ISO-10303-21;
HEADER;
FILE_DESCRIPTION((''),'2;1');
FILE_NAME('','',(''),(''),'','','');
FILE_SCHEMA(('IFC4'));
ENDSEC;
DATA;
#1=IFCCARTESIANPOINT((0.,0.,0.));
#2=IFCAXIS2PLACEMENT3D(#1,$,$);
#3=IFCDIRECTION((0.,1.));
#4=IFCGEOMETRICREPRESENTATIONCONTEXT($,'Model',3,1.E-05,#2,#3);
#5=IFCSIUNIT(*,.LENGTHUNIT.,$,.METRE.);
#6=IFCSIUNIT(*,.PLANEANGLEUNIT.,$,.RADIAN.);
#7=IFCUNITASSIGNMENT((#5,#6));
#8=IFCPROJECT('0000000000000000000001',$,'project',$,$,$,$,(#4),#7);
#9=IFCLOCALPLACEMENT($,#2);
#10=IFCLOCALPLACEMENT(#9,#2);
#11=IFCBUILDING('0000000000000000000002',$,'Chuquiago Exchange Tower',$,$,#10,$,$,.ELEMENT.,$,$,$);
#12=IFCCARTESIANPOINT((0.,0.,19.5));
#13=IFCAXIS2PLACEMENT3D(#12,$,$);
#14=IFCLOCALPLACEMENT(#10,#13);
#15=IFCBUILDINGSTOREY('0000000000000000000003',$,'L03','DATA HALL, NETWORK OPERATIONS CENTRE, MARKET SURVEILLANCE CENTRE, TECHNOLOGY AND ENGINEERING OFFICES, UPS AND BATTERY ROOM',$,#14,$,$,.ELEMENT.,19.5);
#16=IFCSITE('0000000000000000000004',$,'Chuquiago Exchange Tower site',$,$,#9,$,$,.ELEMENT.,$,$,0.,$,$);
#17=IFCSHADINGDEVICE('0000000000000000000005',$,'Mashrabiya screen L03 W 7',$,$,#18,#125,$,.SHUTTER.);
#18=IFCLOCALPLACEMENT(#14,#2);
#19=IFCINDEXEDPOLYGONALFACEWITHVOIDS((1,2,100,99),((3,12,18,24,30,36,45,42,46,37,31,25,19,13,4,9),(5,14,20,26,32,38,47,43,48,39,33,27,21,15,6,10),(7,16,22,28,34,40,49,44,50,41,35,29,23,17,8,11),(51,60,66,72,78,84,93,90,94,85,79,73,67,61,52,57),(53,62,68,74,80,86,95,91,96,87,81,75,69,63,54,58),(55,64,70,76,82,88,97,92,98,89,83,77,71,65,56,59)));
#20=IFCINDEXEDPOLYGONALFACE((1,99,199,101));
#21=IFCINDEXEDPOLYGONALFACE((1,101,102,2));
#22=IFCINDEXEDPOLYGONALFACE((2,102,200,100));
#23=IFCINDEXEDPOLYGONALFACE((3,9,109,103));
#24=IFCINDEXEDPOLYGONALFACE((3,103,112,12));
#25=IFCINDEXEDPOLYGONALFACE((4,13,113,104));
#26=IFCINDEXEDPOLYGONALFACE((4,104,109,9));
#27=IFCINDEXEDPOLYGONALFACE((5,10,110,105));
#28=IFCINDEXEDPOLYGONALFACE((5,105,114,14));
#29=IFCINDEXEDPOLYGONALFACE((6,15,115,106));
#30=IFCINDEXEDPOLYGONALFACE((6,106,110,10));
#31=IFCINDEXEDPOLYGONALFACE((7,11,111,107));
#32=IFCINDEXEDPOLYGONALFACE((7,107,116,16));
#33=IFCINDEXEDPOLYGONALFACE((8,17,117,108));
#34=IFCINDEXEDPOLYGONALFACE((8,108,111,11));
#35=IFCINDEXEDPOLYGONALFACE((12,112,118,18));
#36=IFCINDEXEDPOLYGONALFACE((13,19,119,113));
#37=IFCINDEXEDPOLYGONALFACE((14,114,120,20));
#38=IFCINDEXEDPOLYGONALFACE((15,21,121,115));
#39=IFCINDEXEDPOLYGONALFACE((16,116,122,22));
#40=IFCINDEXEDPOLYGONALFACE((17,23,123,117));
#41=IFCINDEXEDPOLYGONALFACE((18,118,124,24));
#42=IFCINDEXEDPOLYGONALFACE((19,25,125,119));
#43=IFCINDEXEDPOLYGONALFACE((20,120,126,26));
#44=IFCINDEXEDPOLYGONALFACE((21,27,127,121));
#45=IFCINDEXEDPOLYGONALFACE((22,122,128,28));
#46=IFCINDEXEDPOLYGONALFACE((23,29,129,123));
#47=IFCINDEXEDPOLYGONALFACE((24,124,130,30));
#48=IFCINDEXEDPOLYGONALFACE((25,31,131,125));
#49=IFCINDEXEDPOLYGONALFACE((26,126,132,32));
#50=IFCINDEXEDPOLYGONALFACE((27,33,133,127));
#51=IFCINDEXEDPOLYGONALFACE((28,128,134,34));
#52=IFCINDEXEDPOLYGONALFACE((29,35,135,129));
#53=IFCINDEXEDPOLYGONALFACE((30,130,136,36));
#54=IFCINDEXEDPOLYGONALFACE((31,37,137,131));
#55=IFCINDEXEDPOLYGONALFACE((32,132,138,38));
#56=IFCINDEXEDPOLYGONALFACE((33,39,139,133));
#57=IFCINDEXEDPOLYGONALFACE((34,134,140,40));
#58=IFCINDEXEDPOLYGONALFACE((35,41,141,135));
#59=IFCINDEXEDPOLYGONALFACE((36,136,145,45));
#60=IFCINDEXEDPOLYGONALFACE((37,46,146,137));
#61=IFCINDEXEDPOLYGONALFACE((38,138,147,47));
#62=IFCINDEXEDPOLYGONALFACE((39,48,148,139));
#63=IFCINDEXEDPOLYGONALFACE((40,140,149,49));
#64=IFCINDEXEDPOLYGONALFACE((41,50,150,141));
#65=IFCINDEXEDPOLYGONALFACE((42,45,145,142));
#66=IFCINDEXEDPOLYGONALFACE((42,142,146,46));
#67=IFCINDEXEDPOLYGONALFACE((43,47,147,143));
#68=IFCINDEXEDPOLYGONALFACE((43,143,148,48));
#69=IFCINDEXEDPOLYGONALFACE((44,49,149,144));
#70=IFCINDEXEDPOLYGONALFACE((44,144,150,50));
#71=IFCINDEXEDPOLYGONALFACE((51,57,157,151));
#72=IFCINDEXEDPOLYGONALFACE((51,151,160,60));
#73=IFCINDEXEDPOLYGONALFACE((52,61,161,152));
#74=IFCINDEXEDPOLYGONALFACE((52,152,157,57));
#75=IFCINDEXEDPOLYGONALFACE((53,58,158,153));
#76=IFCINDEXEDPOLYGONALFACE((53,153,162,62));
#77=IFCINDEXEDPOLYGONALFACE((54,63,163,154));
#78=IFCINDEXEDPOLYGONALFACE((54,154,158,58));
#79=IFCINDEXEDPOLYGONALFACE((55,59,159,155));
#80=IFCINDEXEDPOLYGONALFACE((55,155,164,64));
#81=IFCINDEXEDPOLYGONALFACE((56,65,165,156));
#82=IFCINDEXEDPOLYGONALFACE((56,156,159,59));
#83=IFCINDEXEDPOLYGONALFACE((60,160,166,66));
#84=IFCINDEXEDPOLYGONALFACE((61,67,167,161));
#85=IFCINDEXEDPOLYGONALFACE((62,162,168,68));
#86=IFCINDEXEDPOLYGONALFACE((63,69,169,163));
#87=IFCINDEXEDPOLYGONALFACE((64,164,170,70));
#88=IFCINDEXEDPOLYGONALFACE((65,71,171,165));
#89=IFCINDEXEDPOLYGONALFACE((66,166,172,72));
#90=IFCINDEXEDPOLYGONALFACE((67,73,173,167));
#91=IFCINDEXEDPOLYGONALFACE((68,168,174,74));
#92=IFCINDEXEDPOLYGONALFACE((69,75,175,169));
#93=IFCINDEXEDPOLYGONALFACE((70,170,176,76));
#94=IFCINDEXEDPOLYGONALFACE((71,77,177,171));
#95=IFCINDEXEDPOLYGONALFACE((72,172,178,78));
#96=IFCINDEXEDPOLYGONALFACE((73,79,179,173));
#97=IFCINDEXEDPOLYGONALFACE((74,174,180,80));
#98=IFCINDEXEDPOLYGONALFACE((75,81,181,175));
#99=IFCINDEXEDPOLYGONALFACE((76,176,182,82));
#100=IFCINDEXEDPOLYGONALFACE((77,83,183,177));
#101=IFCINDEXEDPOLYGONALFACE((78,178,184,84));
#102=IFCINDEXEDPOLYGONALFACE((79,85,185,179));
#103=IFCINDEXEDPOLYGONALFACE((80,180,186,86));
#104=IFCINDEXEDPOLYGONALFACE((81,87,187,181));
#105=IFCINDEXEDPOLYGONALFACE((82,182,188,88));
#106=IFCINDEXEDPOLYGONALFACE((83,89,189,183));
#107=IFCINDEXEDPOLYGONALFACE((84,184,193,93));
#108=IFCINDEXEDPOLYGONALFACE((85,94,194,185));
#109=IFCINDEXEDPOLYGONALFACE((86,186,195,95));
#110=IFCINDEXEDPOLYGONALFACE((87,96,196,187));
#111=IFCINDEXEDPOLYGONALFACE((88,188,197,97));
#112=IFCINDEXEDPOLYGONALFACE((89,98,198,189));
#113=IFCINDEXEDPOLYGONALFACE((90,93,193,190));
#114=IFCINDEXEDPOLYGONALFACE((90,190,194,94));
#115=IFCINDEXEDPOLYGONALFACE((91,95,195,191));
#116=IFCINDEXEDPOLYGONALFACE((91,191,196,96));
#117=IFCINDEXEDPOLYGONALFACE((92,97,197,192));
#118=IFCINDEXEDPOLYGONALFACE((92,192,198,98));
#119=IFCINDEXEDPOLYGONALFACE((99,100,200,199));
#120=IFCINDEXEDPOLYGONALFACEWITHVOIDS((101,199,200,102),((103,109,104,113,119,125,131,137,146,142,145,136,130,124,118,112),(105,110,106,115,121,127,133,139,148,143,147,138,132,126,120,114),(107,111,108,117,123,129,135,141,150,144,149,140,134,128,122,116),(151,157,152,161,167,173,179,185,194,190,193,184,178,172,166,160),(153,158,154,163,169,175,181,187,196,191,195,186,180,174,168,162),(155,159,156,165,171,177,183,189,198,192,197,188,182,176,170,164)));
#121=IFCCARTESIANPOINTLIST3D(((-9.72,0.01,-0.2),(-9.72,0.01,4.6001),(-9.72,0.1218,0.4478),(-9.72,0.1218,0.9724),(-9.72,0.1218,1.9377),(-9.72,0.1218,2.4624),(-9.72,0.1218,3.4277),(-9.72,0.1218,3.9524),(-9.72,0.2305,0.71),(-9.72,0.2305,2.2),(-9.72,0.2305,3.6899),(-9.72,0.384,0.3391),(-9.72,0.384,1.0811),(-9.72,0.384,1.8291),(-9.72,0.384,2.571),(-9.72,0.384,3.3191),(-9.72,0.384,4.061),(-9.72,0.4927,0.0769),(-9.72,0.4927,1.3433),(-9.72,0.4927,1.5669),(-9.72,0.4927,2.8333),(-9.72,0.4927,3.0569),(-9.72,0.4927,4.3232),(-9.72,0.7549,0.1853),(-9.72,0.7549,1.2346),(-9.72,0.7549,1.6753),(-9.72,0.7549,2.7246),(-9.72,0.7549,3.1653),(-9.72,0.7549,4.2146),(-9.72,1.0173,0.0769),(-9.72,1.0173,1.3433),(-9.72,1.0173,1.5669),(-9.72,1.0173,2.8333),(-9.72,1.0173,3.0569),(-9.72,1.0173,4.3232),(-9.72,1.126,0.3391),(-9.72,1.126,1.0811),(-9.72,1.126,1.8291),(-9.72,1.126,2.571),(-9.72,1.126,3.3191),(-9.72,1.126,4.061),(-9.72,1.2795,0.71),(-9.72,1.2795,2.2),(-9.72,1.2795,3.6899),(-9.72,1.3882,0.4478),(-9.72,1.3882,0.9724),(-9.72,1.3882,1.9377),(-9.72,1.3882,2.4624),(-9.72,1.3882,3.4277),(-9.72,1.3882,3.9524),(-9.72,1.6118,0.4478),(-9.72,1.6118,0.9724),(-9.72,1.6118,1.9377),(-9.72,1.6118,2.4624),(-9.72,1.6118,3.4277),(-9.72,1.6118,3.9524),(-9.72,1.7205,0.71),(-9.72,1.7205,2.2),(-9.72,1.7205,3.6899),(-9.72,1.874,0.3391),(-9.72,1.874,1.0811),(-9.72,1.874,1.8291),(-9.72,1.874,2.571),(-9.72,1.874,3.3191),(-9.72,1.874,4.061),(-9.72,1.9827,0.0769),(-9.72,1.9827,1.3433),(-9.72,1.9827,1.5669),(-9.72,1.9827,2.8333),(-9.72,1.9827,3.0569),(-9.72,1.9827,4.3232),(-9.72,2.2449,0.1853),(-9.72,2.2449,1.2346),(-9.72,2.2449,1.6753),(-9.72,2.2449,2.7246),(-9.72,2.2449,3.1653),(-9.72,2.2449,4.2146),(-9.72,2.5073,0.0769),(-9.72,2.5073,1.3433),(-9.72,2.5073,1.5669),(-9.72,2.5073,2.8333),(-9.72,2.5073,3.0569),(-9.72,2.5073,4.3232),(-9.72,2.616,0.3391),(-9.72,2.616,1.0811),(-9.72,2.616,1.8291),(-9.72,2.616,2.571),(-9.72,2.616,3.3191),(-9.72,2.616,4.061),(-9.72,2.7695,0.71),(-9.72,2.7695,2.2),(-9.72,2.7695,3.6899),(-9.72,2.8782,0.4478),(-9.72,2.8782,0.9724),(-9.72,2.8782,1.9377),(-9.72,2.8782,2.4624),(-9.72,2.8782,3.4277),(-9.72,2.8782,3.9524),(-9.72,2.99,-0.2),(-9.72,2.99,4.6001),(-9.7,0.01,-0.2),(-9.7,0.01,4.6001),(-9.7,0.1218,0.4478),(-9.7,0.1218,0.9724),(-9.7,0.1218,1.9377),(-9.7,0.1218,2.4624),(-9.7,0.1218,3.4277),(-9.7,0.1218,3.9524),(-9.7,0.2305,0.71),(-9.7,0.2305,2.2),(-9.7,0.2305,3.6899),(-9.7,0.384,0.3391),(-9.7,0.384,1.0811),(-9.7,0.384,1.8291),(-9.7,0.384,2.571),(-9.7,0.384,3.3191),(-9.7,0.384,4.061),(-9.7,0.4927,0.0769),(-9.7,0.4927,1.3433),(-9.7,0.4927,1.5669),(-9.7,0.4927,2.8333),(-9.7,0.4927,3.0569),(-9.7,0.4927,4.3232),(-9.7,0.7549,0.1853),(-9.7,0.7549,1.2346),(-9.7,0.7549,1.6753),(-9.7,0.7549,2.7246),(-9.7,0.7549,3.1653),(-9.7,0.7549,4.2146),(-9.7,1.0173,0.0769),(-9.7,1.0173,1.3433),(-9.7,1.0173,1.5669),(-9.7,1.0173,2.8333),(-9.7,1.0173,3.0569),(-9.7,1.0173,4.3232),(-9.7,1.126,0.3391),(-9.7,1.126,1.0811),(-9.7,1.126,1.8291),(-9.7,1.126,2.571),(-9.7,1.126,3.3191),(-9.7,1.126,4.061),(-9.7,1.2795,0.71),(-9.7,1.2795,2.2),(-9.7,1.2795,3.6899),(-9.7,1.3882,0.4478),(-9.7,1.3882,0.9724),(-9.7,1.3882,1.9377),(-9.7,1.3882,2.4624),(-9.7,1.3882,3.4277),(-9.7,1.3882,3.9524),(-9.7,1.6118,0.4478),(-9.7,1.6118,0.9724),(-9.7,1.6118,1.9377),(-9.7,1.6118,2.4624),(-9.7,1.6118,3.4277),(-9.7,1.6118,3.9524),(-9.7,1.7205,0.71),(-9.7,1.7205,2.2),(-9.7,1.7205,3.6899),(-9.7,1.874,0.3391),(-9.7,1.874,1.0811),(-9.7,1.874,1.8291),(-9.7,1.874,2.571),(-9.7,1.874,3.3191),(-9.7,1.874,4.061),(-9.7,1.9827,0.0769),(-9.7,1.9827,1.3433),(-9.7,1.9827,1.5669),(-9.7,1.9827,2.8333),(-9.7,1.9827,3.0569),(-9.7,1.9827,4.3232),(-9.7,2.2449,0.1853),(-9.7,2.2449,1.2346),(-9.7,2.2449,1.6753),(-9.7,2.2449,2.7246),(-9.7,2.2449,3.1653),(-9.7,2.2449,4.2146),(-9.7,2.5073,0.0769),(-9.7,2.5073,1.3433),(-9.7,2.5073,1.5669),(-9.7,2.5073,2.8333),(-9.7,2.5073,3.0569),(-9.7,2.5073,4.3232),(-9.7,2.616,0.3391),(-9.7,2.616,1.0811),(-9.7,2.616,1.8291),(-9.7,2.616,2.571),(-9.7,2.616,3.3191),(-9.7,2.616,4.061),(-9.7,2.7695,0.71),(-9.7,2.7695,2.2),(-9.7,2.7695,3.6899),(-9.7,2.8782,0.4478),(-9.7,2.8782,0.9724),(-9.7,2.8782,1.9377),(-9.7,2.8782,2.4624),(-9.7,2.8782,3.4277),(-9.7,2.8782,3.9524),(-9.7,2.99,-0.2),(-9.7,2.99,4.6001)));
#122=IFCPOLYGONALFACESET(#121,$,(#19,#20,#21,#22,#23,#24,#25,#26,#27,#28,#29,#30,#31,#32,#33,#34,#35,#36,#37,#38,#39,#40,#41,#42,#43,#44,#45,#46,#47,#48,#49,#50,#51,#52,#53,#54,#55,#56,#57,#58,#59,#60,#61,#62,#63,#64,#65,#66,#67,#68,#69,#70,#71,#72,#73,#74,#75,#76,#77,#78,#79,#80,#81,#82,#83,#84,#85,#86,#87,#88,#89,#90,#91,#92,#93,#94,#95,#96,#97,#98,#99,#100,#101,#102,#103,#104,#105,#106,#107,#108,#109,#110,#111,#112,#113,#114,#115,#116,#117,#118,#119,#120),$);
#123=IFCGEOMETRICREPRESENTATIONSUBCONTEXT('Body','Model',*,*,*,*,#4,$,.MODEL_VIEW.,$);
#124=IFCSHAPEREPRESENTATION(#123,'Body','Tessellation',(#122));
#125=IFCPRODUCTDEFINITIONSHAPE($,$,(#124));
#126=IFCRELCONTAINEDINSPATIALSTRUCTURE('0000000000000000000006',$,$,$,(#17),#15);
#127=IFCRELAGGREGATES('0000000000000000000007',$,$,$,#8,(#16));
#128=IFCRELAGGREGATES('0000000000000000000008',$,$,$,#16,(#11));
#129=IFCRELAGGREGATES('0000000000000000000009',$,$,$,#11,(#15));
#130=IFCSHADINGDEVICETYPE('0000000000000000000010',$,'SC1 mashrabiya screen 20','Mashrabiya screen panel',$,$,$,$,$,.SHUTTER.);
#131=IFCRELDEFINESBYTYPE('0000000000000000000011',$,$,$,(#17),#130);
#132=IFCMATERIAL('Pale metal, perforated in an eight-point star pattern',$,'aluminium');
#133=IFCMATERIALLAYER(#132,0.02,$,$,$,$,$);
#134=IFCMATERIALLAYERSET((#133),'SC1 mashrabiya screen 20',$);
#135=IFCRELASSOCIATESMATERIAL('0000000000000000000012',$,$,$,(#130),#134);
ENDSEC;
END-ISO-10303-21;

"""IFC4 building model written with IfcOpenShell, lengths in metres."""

from ifc_helpers import new_model, si_unit, direction, frame, origin, place, context, subcontext, project, spatial, polyline, outline, extrude, material, layer, layer_set, type_object, element, save


model = new_model("IFC4")

# Units and contexts
model_context = context("Model", 3, precision=1e-05, world=origin(), true_north=direction((0.0, 1.0)))
body_context = subcontext(model_context, "Body", "Model", "MODEL_VIEW")
ifc_project = project(units=[si_unit("LENGTHUNIT", "METRE"), si_unit("PLANEANGLEUNIT", "RADIAN")], contexts=[model_context])

# Site, building, storey
site_placement = place(None, origin())
site = spatial("IfcSite", under=ifc_project, at=site_placement, Name="Chuquiago Exchange Tower site", CompositionType="ELEMENT", RefElevation=0.0)
building_placement = place(site_placement, origin())
building = spatial("IfcBuilding", under=site, at=building_placement, Name="Chuquiago Exchange Tower", CompositionType="ELEMENT")
storey_placement = place(building_placement, frame((0.0, 0.0, 19.5)))
storey = spatial("IfcBuildingStorey", under=building, at=storey_placement, Name="L03", Description="DATA HALL, NETWORK OPERATIONS CENTRE, MARKET SURVEILLANCE CENTRE, TECHNOLOGY AND ENGINEERING OFFICES, UPS AND BATTERY ROOM", CompositionType="ELEMENT", Elevation=19.5)

# Shading device
ifc_material_1 = material(Name="Pale metal, perforated in an eight-point star pattern", Category="aluminium")
ifc_layer_1 = layer(ifc_material_1, 0.02)
ifc_layer_set_1 = layer_set([ifc_layer_1], Name="SC1 mashrabiya screen 20")
shading_device_type = type_object("IfcShadingDeviceType", Name="SC1 mashrabiya screen 20", Description="Mashrabiya screen panel", PredefinedType="SHUTTER", material=ifc_layer_set_1)
shading_device_1_placement = place(storey_placement, frame((-9.7, 2.99, -0.2), z_axis=(0.0, 0.0, 1.0), x_axis=(0.0, -1.0, 0.0)))
element("IfcShadingDevice", 1, at=shading_device_1_placement, inside=storey, type_object=shading_device_type, Name="Mashrabiya screen L03 W 7", PredefinedType="SHUTTER", context=body_context, shape_type="SweptSolid", body=[
    extrude(outline(polyline([(0.0, 0.0), (2.98, 0.0), (2.98, 4.8), (0.0, 4.8), (0.0, 0.0)]), holes=[polyline([(1.2695, 0.9099), (1.3782, 1.1724), (1.116, 1.281), (1.0073, 1.5432), (0.7451, 1.4346), (0.4827, 1.5432), (0.374, 1.281), (0.1118, 1.1724), (0.2205, 0.9099), (0.1118, 0.6477), (0.374, 0.5391), (0.4827, 0.2769), (0.7451, 0.3853), (1.0073, 0.2769), (1.116, 0.5391), (1.3782, 0.6477), (1.2695, 0.9099)]), polyline([(2.7595, 0.9099), (2.8682, 1.1724), (2.606, 1.281), (2.4973, 1.5432), (2.2351, 1.4346), (1.9727, 1.5432), (1.864, 1.281), (1.6018, 1.1724), (1.7104, 0.9099), (1.6018, 0.6477), (1.864, 0.5391), (1.9727, 0.2769), (2.2351, 0.3853), (2.4973, 0.2769), (2.606, 0.5391), (2.8682, 0.6477), (2.7595, 0.9099)]), polyline([(1.2695, 2.3999), (1.3782, 2.6624), (1.116, 2.771), (1.0073, 3.0332), (0.7451, 2.9246), (0.4827, 3.0332), (0.374, 2.771), (0.1118, 2.6624), (0.2205, 2.3999), (0.1118, 2.1377), (0.374, 2.0291), (0.4827, 1.7668), (0.7451, 1.8752), (1.0073, 1.7668), (1.116, 2.0291), (1.3782, 2.1377), (1.2695, 2.3999)]), polyline([(2.7595, 2.3999), (2.8682, 2.6624), (2.606, 2.771), (2.4973, 3.0332), (2.2351, 2.9246), (1.9727, 3.0332), (1.864, 2.771), (1.6018, 2.6624), (1.7104, 2.3999), (1.6018, 2.1377), (1.864, 2.0291), (1.9727, 1.7668), (2.2351, 1.8752), (2.4973, 1.7668), (2.606, 2.0291), (2.8682, 2.1377), (2.7595, 2.3999)]), polyline([(1.2695, 3.8899), (1.3782, 4.1523), (1.116, 4.261), (1.0073, 4.5232), (0.7451, 4.4146), (0.4827, 4.5232), (0.374, 4.261), (0.1118, 4.1523), (0.2205, 3.8899), (0.1118, 3.6277), (0.374, 3.519), (0.4827, 3.2568), (0.7451, 3.3652), (1.0073, 3.2568), (1.116, 3.519), (1.3782, 3.6277), (1.2695, 3.8899)]), polyline([(2.7595, 3.8899), (2.8682, 4.1523), (2.606, 4.261), (2.4973, 4.5232), (2.2351, 4.4146), (1.9727, 4.5232), (1.864, 4.261), (1.6018, 4.1523), (1.7104, 3.8899), (1.6018, 3.6277), (1.864, 3.519), (1.9727, 3.2568), (2.2351, 3.3652), (2.4973, 3.2568), (2.606, 3.519), (2.8682, 3.6277), (2.7595, 3.8899)])]), frame((0.0, 0.0, 0.0), z_axis=(0.0, -1.0, 0.0), x_axis=(1.0, 0.0, 0.0)), (0.0, 0.0, 1.0), 0.02),
])

save(model, "model.ifc")
